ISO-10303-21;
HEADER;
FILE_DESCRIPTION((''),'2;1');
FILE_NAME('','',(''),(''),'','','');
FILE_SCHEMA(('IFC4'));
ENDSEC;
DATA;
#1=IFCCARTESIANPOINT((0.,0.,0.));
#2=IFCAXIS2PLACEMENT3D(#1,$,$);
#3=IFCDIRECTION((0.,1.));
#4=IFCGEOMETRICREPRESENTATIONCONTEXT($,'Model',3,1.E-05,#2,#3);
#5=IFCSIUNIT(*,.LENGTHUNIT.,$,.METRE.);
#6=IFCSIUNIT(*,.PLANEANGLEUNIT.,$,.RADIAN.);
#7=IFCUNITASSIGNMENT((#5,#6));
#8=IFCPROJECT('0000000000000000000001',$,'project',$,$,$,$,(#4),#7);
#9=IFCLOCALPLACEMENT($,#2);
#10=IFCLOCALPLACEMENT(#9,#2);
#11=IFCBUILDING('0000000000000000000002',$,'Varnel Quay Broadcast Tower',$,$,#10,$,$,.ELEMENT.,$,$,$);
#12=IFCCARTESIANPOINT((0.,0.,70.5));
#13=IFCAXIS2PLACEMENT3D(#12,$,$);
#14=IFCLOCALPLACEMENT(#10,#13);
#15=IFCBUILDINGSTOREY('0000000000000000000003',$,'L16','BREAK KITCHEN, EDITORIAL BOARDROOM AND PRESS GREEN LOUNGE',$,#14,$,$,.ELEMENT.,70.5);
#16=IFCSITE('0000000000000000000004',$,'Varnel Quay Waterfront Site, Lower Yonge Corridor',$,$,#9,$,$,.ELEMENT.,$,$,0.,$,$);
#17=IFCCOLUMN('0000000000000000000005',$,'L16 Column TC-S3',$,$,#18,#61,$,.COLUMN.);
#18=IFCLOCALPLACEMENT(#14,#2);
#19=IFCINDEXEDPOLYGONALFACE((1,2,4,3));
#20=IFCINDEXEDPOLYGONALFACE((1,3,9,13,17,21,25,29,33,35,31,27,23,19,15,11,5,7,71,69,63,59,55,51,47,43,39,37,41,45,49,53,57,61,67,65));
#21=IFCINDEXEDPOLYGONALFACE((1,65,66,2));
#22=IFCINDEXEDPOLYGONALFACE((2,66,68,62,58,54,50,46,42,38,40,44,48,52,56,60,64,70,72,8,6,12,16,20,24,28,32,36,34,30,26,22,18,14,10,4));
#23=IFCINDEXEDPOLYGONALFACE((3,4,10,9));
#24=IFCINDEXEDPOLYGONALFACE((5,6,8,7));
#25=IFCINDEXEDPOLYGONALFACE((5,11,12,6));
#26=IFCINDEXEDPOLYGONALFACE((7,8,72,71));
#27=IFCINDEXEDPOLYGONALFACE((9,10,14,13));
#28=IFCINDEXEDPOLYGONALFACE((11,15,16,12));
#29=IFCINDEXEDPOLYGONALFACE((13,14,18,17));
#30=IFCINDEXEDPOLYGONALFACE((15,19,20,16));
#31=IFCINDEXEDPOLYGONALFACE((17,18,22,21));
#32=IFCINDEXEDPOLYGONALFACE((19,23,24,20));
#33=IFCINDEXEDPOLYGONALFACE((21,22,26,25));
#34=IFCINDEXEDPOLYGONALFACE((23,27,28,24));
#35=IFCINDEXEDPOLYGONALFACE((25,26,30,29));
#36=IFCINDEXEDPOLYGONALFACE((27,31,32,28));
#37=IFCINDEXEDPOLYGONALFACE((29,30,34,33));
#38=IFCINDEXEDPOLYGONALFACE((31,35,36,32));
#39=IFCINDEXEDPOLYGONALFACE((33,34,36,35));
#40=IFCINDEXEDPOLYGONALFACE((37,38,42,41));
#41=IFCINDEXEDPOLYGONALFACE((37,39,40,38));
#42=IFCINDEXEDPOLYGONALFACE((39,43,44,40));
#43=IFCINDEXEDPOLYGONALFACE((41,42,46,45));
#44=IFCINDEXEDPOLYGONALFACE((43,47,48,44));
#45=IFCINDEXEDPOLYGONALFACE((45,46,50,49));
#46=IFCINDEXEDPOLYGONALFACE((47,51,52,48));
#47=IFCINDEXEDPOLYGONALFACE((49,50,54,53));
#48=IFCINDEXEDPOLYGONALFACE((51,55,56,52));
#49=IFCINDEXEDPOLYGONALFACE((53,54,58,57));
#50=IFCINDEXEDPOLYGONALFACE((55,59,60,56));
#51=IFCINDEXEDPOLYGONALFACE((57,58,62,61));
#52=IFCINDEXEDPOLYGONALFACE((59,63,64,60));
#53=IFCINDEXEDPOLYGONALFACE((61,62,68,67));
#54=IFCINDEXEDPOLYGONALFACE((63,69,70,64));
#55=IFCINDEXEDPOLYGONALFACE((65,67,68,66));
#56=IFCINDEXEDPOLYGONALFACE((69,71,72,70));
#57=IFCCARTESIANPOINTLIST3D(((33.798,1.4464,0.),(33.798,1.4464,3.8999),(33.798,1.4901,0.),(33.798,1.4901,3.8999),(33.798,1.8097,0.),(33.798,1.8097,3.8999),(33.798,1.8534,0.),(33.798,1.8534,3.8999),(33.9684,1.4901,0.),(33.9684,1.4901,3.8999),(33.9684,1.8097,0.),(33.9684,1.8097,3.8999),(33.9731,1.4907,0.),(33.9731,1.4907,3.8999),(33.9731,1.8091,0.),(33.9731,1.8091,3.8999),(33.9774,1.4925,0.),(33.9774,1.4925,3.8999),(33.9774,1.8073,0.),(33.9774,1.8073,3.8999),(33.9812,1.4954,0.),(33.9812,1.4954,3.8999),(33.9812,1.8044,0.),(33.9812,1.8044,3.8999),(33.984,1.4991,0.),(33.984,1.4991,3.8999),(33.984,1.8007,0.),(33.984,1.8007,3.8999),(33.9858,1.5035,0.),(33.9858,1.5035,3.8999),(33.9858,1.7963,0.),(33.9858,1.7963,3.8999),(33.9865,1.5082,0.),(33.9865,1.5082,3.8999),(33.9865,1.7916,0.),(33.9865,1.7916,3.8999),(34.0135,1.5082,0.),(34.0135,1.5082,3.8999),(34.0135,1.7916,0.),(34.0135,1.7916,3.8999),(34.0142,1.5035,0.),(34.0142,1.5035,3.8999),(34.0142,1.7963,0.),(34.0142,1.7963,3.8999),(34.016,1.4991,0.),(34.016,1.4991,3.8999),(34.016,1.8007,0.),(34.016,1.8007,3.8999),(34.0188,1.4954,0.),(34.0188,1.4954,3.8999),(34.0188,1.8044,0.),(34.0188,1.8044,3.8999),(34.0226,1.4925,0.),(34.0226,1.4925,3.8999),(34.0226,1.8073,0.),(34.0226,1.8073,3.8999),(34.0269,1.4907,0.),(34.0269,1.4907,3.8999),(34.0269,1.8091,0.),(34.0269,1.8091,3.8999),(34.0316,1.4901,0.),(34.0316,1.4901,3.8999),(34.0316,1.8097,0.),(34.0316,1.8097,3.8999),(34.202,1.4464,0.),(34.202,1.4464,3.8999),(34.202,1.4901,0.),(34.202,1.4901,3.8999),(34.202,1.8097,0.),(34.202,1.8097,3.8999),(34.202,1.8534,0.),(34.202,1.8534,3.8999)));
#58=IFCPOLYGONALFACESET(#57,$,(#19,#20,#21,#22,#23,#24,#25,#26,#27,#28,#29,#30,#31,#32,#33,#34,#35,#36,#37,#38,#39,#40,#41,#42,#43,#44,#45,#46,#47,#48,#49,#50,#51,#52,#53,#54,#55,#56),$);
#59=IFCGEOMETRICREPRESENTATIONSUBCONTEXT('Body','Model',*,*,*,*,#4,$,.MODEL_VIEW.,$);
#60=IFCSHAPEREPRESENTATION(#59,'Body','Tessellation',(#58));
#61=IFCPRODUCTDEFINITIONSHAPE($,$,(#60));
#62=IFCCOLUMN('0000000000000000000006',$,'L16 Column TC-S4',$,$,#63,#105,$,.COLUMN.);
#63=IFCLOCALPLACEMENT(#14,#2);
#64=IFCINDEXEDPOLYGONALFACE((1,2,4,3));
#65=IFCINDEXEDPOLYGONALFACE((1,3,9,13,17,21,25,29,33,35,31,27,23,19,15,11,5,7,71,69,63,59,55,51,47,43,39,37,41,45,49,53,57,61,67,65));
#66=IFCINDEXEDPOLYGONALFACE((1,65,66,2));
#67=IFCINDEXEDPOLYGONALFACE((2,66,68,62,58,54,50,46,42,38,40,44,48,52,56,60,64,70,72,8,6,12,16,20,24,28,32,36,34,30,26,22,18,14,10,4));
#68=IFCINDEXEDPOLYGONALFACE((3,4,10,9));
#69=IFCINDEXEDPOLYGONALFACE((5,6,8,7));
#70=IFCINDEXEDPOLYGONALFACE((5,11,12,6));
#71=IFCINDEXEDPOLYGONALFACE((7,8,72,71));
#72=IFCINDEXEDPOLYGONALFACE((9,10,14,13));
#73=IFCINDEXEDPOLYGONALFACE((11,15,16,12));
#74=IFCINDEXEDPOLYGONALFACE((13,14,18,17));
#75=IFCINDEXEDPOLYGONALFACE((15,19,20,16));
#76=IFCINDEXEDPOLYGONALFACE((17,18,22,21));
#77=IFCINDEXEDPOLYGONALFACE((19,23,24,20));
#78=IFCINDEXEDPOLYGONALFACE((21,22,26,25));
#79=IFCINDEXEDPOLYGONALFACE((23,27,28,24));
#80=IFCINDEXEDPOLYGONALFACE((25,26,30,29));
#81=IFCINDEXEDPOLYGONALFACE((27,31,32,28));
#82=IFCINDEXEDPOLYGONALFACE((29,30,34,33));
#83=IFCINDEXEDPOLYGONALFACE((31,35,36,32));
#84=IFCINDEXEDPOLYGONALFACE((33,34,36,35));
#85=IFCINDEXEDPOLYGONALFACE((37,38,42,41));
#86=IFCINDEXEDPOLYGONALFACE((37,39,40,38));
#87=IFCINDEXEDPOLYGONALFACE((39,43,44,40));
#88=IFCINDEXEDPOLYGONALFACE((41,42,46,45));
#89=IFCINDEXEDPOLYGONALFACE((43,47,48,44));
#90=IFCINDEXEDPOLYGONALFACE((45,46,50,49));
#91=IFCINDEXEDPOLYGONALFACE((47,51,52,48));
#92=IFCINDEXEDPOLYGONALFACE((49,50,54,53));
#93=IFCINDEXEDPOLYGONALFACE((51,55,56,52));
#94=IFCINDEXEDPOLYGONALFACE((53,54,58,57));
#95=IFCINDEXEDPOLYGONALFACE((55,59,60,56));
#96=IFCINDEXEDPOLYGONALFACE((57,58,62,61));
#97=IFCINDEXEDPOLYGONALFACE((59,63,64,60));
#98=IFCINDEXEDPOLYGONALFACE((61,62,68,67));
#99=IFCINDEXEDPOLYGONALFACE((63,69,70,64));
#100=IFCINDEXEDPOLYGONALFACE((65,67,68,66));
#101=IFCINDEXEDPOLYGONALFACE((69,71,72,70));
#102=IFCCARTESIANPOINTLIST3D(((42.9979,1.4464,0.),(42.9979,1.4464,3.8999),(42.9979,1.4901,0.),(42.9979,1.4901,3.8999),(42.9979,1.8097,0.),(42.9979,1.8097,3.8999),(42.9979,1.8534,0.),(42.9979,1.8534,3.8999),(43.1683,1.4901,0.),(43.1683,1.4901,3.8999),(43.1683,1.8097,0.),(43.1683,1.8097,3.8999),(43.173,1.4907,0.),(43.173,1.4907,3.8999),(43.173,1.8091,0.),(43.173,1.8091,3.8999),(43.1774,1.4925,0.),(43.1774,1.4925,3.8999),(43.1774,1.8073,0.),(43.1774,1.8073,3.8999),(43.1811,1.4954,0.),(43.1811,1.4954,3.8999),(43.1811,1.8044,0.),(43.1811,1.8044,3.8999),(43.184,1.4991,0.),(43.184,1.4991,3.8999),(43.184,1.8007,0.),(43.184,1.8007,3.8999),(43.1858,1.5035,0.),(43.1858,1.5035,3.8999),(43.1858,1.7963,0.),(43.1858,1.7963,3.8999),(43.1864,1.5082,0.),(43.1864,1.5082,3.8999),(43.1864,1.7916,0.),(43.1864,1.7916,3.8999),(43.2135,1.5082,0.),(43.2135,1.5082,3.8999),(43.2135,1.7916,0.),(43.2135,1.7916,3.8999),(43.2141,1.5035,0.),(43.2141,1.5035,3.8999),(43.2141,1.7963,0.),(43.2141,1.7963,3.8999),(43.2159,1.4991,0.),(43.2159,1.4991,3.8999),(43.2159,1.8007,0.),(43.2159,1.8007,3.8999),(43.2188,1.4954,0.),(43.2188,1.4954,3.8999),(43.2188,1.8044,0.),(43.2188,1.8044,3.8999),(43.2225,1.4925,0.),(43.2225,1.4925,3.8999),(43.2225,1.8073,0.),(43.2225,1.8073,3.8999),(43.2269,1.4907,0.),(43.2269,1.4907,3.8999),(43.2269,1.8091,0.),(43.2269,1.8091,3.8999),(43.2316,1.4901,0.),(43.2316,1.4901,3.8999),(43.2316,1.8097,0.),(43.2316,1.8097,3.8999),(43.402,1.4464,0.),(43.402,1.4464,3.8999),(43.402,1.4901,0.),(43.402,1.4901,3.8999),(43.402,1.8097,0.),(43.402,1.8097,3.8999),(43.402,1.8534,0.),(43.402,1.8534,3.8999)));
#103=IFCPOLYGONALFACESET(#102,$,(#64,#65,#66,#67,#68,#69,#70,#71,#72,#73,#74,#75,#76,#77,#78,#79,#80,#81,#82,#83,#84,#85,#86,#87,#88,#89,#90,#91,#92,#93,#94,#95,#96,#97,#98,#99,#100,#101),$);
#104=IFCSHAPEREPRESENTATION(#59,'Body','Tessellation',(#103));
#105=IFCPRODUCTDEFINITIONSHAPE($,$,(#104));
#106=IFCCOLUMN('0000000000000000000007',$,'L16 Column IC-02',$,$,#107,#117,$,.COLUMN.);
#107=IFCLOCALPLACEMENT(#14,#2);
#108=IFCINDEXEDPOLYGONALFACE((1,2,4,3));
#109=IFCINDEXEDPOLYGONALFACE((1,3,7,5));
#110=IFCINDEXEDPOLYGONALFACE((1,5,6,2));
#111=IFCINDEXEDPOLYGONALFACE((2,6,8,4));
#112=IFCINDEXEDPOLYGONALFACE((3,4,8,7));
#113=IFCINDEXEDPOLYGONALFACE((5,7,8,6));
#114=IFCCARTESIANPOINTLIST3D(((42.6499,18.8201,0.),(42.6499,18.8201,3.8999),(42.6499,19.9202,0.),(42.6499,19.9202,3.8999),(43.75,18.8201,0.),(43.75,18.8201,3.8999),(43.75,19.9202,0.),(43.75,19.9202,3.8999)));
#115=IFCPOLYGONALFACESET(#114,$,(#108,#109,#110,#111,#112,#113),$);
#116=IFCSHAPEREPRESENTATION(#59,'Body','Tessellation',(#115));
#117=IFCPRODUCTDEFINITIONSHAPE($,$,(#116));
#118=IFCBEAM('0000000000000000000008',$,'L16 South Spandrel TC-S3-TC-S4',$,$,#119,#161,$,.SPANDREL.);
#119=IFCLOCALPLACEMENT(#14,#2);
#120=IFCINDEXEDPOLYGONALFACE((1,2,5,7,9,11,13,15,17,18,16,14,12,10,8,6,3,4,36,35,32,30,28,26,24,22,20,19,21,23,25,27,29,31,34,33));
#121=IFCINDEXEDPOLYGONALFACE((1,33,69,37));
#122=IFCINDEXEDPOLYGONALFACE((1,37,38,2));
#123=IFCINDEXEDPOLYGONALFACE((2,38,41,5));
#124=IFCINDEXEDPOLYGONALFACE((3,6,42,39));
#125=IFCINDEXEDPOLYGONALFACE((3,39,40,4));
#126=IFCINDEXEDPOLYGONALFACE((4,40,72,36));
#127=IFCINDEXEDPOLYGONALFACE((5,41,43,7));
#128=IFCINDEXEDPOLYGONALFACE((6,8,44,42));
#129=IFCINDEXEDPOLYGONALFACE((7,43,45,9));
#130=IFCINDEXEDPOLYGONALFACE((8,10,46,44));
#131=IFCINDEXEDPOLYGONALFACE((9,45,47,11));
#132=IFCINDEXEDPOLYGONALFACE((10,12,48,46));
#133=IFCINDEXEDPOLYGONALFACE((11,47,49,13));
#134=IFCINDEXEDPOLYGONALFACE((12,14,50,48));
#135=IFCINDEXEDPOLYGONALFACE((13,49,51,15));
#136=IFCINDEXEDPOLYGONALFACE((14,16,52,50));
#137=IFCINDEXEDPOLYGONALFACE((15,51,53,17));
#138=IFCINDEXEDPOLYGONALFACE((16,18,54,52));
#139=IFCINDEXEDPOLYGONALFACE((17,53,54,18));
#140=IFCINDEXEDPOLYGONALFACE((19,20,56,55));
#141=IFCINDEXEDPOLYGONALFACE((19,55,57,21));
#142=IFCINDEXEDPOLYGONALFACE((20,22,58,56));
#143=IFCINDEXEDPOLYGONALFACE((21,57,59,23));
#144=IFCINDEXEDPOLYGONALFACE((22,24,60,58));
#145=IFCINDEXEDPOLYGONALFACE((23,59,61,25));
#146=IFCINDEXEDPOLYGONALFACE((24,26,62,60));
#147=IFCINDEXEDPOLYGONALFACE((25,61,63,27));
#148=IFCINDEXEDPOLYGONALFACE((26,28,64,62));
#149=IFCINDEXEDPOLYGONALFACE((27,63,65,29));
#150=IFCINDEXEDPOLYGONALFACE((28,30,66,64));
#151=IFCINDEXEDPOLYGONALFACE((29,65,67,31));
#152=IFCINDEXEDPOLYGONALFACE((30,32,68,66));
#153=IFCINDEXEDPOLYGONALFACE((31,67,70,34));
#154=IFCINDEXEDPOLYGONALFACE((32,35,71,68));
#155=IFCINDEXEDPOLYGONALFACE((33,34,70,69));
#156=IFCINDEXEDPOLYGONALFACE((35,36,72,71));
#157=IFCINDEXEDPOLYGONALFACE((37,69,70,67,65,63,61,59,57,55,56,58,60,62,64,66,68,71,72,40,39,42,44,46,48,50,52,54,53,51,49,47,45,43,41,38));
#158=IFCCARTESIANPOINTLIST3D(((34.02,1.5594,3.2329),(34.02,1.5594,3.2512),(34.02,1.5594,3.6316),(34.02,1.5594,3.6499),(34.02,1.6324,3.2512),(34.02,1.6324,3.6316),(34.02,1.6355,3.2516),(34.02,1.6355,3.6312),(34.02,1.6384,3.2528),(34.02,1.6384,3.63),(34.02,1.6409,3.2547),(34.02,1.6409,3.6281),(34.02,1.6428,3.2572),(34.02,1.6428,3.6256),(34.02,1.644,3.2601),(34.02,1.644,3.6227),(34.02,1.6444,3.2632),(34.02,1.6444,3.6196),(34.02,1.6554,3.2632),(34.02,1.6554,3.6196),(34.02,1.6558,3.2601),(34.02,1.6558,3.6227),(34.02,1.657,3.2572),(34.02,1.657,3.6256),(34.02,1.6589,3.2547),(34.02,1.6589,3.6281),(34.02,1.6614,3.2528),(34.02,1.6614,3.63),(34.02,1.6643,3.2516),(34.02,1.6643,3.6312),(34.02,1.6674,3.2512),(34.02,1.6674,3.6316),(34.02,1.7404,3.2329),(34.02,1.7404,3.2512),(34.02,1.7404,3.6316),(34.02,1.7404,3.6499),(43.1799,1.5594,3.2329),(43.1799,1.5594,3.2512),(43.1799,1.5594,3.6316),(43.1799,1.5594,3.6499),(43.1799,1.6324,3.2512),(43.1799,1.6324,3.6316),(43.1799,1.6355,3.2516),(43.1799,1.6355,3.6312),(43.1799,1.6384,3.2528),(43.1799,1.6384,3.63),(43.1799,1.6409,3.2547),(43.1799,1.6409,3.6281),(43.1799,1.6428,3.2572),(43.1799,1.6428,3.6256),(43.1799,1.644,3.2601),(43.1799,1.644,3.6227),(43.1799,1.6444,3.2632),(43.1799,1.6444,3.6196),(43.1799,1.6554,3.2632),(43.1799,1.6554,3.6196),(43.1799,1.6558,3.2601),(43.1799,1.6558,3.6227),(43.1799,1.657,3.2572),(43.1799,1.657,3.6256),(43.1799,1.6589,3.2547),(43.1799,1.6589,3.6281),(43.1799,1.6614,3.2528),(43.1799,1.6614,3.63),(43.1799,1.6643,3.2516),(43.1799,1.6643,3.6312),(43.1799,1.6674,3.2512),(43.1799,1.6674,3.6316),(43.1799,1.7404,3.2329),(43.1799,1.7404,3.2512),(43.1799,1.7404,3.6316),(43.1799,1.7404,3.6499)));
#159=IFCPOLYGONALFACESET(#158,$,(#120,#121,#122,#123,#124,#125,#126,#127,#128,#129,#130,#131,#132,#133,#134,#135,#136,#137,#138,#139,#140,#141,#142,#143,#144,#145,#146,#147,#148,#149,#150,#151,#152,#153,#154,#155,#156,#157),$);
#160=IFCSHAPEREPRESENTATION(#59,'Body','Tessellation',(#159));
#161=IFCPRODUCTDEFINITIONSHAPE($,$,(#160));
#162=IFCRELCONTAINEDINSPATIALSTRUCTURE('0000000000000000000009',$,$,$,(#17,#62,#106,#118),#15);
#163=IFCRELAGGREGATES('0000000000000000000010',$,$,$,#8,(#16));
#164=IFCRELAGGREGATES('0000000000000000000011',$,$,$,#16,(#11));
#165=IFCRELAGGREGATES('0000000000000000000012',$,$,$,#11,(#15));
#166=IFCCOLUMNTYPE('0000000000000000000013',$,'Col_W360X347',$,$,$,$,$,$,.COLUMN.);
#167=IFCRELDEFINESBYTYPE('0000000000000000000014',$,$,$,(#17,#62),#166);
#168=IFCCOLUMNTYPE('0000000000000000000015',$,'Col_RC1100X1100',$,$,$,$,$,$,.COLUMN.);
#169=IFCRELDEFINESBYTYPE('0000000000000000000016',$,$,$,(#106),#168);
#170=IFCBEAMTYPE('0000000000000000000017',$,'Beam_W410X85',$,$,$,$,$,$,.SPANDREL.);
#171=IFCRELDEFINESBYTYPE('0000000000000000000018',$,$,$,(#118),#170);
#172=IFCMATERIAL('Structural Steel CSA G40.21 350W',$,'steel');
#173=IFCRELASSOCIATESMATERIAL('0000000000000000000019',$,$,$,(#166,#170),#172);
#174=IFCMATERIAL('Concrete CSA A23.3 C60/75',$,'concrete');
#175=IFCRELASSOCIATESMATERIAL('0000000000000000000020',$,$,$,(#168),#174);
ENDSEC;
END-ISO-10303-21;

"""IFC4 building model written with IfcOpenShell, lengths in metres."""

from ifc_helpers import new_model, si_unit, direction, frame, origin, origin_2d, place, context, subcontext, project, spatial, rectangle, i_section, extrude, source, transform, mapped, material, material_profile, profile_set, type_object, type_shapes, element, save


model = new_model("IFC4")

# Units and contexts
model_context = context("Model", 3, precision=1e-05, world=origin(), true_north=direction((0.0, 1.0)))
body_context = subcontext(model_context, "Body", "Model", "MODEL_VIEW")
ifc_project = project(units=[si_unit("LENGTHUNIT", "METRE"), si_unit("PLANEANGLEUNIT", "RADIAN")], contexts=[model_context])

# Site, building, storey
site_placement = place(None, origin())
site = spatial("IfcSite", under=ifc_project, at=site_placement, Name="Varnel Quay Waterfront Site, Lower Yonge Corridor", CompositionType="ELEMENT", RefElevation=0.0)
building_placement = place(site_placement, origin())
building = spatial("IfcBuilding", under=site, at=building_placement, Name="Varnel Quay Broadcast Tower", CompositionType="ELEMENT")
storey_placement = place(building_placement, frame((0.0, 0.0, 70.5)))
storey = spatial("IfcBuildingStorey", under=building, at=storey_placement, Name="L16", Description="BREAK KITCHEN, EDITORIAL BOARDROOM AND PRESS GREEN LOUNGE", CompositionType="ELEMENT", Elevation=70.5)

# Columns
ifc_material_1 = material(Name="Structural Steel CSA G40.21 350W", Category="steel")
ifc_material_profile_1 = material_profile(ifc_material_1, i_section(OverallWidth=0.4041, OverallDepth=0.407, WebThickness=0.0271, FlangeThickness=0.0437, FilletRadius=0.0181, at=origin_2d()), Name="W360X347")
ifc_profile_set_1 = profile_set([ifc_material_profile_1], Name="Structural Steel CSA G40.21 350W")
column_type_1 = type_object("IfcColumnType", Name="Col_W360X347", PredefinedType="COLUMN", material=ifc_profile_set_1)
shared_shape_1 = source(origin(), body_context, "Body", "SweptSolid", [
    extrude(i_section(OverallWidth=0.4041, OverallDepth=0.407, WebThickness=0.0271, FlangeThickness=0.0437, FilletRadius=0.0181, at=origin_2d()), origin(), (0.0, 0.0, 1.0), 3.8999),
])
type_shapes(column_type_1, [shared_shape_1])
for number, where, z_axis, x_axis, name in (
    (1, (34.0, 1.6499, 0.0), (0.0, 0.0, 1.0), (1.0, 0.0, 0.0), "L16 Column TC-S3"),
    (2, (43.2, 1.6499, 0.0), (0.0, 0.0, 1.0), (1.0, 0.0, 0.0), "L16 Column TC-S4"),
):
    element("IfcColumn", number, at=place(storey_placement, frame(where, z_axis=z_axis, x_axis=x_axis)), inside=storey, type_object=column_type_1, Name=name, PredefinedType="COLUMN", context=body_context, shape_type="MappedRepresentation", body=[
        mapped(shared_shape_1, transform((0.0, 0.0, 0.0), x_axis=(1.0, 0.0, 0.0), y_axis=(0.0, 1.0, 0.0), z_axis=(0.0, 0.0, 1.0), scale=1.0)),
    ])
ifc_material_2 = material(Name="Concrete CSA A23.3 C60/75", Category="concrete")
ifc_material_profile_2 = material_profile(ifc_material_2, rectangle(XDim=1.1001, YDim=1.1001, at=origin_2d()), Name="RC1100X1100")
ifc_profile_set_2 = profile_set([ifc_material_profile_2], Name="Concrete CSA A23.3 C60/75")
column_type_2 = type_object("IfcColumnType", Name="Col_RC1100X1100", PredefinedType="COLUMN", material=ifc_profile_set_2)
shared_shape_2 = source(origin(), body_context, "Body", "SweptSolid", [
    extrude(rectangle(XDim=1.1001, YDim=1.1001, at=origin_2d()), origin(), (0.0, 0.0, 1.0), 3.8999),
])
type_shapes(column_type_2, [shared_shape_2])
column_placement = place(storey_placement, frame((43.2, 19.3701, 0.0), z_axis=(0.0, 0.0, 1.0), x_axis=(1.0, 0.0, 0.0)))
element("IfcColumn", 3, at=column_placement, inside=storey, type_object=column_type_2, Name="L16 Column IC-02", PredefinedType="COLUMN", context=body_context, shape_type="MappedRepresentation", body=[
    mapped(shared_shape_2, transform((0.0, 0.0, 0.0), x_axis=(1.0, 0.0, 0.0), y_axis=(0.0, 1.0, 0.0), z_axis=(0.0, 0.0, 1.0), scale=1.0)),
])

# Beam
ifc_material_profile_3 = material_profile(ifc_material_1, i_section(OverallWidth=0.1809, OverallDepth=0.417, WebThickness=0.011, FlangeThickness=0.0183, FilletRadius=0.012, at=origin_2d()), Name="W410X85")
ifc_profile_set_3 = profile_set([ifc_material_profile_3], Name="Structural Steel CSA G40.21 350W")
beam_type_1 = type_object("IfcBeamType", Name="Beam_W410X85", PredefinedType="SPANDREL", material=ifc_profile_set_3)
shared_shape_3 = source(origin(), body_context, "Body", "SweptSolid", [
    extrude(i_section(OverallWidth=0.1809, OverallDepth=0.417, WebThickness=0.011, FlangeThickness=0.0183, FilletRadius=0.012, at=origin_2d()), origin(), (0.0, 0.0, 1.0), 9.1599),
])
type_shapes(beam_type_1, [shared_shape_3])
for number, where, z_axis, x_axis, name in (
    (4, (34.02, 1.6499, 3.4414), (1.0, 0.0, 0.0), (0.0, 1.0, 0.0), "L16 South Spandrel TC-S3-TC-S4"),
):
    element("IfcBeam", number, at=place(storey_placement, frame(where, z_axis=z_axis, x_axis=x_axis)), inside=storey, type_object=beam_type_1, Name=name, PredefinedType="SPANDREL", context=body_context, shape_type="MappedRepresentation", body=[
        mapped(shared_shape_3, transform((0.0, 0.0, 0.0), x_axis=(1.0, 0.0, 0.0), y_axis=(0.0, 1.0, 0.0), z_axis=(0.0, 0.0, 1.0), scale=1.0)),
    ])

save(model, "model.ifc")
